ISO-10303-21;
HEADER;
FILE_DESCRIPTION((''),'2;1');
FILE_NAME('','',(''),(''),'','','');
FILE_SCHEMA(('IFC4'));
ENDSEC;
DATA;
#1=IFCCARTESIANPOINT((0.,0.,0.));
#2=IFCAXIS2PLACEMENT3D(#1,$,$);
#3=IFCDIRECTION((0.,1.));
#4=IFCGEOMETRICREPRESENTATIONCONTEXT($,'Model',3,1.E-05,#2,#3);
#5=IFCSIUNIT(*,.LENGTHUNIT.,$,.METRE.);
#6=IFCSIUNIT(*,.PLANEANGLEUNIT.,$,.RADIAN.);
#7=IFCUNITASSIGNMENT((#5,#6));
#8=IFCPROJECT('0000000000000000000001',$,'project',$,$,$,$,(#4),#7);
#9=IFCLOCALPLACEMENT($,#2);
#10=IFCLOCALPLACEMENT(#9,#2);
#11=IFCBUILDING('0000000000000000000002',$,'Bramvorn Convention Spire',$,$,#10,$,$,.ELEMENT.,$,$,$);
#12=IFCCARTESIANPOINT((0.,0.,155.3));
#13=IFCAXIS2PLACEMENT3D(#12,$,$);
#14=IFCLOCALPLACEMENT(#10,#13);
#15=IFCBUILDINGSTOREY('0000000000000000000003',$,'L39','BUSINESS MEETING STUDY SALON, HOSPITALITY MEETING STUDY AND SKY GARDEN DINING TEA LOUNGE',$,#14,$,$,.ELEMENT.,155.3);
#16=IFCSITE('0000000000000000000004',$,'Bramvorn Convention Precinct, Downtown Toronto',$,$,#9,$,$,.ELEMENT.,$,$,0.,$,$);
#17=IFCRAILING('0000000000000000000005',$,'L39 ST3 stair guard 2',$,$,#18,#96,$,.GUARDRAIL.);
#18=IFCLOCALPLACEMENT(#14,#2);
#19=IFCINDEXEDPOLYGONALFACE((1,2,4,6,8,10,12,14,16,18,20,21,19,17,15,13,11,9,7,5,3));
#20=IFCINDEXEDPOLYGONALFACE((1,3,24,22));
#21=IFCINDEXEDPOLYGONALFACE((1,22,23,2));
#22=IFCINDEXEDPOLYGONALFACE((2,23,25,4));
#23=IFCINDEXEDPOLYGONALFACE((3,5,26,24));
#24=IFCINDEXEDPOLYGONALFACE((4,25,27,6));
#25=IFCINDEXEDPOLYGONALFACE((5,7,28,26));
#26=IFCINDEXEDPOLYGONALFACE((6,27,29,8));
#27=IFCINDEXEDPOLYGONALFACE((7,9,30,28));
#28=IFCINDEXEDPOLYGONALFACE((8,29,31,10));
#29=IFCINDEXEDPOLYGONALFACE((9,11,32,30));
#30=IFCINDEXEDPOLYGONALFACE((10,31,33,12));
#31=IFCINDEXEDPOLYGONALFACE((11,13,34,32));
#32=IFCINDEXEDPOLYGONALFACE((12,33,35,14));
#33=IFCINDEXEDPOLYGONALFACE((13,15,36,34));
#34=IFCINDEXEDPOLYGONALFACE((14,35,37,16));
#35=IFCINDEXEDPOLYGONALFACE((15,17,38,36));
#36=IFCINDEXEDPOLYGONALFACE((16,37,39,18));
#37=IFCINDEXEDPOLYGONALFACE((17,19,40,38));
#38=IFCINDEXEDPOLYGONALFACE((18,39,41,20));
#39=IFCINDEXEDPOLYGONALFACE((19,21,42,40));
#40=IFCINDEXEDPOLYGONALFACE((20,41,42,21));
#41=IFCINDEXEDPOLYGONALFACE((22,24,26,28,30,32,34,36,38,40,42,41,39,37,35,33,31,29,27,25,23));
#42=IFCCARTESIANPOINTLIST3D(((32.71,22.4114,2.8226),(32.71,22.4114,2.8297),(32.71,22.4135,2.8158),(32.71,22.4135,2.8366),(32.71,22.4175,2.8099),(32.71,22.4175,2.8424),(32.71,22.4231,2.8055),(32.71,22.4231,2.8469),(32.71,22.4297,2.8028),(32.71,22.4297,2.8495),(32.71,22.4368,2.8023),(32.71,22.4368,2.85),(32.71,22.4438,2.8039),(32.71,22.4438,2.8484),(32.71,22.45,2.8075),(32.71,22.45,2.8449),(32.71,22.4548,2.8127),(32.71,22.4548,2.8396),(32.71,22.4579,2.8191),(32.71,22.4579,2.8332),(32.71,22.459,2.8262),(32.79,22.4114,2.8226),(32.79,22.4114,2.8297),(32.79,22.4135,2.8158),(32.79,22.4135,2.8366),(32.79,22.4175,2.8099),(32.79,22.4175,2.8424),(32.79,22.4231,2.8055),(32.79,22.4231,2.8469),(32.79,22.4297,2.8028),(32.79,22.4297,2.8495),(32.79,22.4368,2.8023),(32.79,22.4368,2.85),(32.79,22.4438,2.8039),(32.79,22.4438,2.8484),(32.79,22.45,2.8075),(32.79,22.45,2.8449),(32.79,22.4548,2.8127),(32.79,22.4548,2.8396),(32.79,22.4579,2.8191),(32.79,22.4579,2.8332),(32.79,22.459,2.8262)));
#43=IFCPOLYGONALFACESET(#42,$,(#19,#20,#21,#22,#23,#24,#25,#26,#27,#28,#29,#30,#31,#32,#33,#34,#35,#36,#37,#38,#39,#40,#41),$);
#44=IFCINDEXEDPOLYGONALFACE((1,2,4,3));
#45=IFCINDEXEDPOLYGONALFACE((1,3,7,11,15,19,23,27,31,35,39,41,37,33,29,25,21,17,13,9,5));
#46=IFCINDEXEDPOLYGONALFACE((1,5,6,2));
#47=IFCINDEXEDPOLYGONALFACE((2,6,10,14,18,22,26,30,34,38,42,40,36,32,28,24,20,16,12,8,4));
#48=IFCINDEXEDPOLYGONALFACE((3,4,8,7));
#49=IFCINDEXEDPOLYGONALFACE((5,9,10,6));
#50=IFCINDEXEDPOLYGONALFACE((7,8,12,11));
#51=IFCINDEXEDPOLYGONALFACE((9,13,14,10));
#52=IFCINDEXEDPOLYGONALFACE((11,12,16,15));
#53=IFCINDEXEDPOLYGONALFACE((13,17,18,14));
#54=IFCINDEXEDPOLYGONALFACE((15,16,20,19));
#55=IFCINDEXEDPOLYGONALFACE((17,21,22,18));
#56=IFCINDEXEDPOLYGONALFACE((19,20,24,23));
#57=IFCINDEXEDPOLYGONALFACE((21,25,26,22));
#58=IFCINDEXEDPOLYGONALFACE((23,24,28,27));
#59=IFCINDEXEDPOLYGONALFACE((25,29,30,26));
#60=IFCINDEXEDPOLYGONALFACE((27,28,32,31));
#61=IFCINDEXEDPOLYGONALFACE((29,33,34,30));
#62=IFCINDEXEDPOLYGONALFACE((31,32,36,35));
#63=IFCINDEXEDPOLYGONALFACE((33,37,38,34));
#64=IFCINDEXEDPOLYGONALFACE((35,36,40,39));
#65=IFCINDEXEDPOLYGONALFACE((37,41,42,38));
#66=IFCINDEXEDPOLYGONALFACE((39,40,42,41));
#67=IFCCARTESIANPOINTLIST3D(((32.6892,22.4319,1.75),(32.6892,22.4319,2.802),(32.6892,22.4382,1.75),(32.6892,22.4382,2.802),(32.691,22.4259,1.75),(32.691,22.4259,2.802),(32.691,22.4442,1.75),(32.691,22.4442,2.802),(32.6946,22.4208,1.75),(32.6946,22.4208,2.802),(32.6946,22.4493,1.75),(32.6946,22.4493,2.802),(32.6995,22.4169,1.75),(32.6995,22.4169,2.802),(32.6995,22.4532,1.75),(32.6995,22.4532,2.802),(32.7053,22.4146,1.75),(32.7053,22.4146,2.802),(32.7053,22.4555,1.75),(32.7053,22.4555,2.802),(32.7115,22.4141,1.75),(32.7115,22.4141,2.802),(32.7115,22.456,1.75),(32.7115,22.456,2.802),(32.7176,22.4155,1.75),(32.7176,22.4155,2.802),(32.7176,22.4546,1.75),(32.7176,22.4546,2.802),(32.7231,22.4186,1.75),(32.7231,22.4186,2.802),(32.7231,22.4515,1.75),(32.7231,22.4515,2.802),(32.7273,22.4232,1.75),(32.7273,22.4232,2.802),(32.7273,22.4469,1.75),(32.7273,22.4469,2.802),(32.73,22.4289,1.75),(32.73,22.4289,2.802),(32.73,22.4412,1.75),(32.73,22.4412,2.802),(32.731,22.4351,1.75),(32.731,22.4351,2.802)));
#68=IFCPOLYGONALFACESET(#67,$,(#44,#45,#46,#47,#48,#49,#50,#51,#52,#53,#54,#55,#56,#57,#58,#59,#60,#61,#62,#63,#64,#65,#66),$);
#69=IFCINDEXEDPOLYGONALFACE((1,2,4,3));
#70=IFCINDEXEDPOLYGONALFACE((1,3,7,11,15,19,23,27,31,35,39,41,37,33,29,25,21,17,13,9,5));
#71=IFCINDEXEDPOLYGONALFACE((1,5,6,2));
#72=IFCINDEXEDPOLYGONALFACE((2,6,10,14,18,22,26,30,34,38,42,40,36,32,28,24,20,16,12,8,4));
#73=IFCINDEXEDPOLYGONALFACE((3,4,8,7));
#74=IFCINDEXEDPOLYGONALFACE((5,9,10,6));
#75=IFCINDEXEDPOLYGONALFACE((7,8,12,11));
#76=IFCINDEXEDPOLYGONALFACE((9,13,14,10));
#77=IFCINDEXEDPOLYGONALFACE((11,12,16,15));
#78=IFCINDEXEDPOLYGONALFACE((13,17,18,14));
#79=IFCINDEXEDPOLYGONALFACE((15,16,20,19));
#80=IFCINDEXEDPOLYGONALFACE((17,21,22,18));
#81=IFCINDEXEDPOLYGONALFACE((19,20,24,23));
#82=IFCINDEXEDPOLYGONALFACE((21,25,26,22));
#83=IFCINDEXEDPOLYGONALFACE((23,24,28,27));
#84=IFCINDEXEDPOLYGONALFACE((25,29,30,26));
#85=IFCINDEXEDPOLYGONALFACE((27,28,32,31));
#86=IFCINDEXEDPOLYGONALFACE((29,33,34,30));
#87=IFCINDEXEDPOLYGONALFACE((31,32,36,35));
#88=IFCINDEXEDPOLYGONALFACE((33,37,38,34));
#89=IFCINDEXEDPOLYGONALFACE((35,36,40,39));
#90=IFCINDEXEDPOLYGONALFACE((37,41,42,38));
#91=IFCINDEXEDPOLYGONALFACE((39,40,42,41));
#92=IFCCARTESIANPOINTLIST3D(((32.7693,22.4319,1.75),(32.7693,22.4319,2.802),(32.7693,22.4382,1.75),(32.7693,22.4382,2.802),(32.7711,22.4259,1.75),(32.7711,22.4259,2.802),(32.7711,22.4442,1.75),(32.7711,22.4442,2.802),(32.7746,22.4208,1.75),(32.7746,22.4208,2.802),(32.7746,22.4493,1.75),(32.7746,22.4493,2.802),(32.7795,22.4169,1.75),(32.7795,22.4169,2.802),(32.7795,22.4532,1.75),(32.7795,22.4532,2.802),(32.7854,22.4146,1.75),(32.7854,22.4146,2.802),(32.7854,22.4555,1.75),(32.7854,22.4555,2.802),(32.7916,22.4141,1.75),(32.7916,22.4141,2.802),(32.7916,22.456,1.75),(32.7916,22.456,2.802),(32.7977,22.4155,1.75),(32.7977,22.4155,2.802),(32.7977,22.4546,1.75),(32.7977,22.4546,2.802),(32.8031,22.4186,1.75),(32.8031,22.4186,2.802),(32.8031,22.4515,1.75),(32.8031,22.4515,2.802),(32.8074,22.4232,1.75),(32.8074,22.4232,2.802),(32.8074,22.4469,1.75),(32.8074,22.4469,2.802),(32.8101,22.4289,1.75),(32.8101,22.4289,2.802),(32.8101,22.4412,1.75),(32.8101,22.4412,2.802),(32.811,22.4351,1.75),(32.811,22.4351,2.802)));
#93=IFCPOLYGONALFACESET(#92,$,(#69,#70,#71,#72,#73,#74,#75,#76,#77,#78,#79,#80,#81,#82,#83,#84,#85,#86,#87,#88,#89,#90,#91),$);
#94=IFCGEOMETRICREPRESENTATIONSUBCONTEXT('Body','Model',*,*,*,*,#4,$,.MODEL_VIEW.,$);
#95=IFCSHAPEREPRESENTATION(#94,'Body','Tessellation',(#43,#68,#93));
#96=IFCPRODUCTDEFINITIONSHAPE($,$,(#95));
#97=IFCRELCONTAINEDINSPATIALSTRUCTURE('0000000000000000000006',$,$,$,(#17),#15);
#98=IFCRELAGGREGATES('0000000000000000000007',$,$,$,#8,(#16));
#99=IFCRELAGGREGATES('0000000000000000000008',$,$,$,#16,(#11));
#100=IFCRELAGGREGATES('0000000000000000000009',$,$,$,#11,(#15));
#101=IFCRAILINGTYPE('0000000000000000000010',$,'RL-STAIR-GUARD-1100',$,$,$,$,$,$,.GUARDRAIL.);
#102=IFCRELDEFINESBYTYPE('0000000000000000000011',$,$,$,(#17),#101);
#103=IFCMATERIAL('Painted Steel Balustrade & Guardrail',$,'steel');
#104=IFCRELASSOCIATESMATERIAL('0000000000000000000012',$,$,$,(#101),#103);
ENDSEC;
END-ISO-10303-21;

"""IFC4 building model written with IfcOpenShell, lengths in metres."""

from ifc_helpers import new_model, si_unit, direction, frame, origin, origin_2d, place, context, subcontext, project, spatial, circle, extrude, material, type_object, element, save


model = new_model("IFC4")

# Units and contexts
model_context = context("Model", 3, precision=1e-05, world=origin(), true_north=direction((0.0, 1.0)))
body_context = subcontext(model_context, "Body", "Model", "MODEL_VIEW")
ifc_project = project(units=[si_unit("LENGTHUNIT", "METRE"), si_unit("PLANEANGLEUNIT", "RADIAN")], contexts=[model_context])

# Site, building, storey
site_placement = place(None, origin())
site = spatial("IfcSite", under=ifc_project, at=site_placement, Name="Bramvorn Convention Precinct, Downtown Toronto", CompositionType="ELEMENT", RefElevation=0.0)
building_placement = place(site_placement, origin())
building = spatial("IfcBuilding", under=site, at=building_placement, Name="Bramvorn Convention Spire", CompositionType="ELEMENT")
storey_placement = place(building_placement, frame((0.0, 0.0, 155.3)))
storey = spatial("IfcBuildingStorey", under=building, at=storey_placement, Name="L39", Description="BUSINESS MEETING STUDY SALON, HOSPITALITY MEETING STUDY AND SKY GARDEN DINING TEA LOUNGE", CompositionType="ELEMENT", Elevation=155.3)

# Railing
ifc_material_1 = material(Name="Painted Steel Balustrade & Guardrail", Category="steel")
railing_type_1 = type_object("IfcRailingType", Name="RL-STAIR-GUARD-1100", PredefinedType="GUARDRAIL", material=ifc_material_1)
railing_1_placement = place(storey_placement, frame((32.71, 22.4351, 1.75)))
element("IfcRailing", 1, at=railing_1_placement, inside=storey, type_object=railing_type_1, Name="L39 ST3 stair guard 2", PredefinedType="GUARDRAIL", context=body_context, shape_type="SweptSolid", body=[
    extrude(circle(Radius=0.0239, at=origin_2d()), frame((0.0, 0.0, 1.0762), z_axis=(1.0, 0.0, 0.0), x_axis=(0.0, 1.0, 0.0)), (0.0, 0.0, 1.0), 0.0801),
    extrude(circle(Radius=0.021, at=origin_2d()), origin(), (0.0, 0.0, 1.0), 1.052),
    extrude(circle(Radius=0.021, at=origin_2d()), frame((0.0801, 0.0, 0.0)), (0.0, 0.0, 1.0), 1.052),
])

save(model, "model.ifc")
